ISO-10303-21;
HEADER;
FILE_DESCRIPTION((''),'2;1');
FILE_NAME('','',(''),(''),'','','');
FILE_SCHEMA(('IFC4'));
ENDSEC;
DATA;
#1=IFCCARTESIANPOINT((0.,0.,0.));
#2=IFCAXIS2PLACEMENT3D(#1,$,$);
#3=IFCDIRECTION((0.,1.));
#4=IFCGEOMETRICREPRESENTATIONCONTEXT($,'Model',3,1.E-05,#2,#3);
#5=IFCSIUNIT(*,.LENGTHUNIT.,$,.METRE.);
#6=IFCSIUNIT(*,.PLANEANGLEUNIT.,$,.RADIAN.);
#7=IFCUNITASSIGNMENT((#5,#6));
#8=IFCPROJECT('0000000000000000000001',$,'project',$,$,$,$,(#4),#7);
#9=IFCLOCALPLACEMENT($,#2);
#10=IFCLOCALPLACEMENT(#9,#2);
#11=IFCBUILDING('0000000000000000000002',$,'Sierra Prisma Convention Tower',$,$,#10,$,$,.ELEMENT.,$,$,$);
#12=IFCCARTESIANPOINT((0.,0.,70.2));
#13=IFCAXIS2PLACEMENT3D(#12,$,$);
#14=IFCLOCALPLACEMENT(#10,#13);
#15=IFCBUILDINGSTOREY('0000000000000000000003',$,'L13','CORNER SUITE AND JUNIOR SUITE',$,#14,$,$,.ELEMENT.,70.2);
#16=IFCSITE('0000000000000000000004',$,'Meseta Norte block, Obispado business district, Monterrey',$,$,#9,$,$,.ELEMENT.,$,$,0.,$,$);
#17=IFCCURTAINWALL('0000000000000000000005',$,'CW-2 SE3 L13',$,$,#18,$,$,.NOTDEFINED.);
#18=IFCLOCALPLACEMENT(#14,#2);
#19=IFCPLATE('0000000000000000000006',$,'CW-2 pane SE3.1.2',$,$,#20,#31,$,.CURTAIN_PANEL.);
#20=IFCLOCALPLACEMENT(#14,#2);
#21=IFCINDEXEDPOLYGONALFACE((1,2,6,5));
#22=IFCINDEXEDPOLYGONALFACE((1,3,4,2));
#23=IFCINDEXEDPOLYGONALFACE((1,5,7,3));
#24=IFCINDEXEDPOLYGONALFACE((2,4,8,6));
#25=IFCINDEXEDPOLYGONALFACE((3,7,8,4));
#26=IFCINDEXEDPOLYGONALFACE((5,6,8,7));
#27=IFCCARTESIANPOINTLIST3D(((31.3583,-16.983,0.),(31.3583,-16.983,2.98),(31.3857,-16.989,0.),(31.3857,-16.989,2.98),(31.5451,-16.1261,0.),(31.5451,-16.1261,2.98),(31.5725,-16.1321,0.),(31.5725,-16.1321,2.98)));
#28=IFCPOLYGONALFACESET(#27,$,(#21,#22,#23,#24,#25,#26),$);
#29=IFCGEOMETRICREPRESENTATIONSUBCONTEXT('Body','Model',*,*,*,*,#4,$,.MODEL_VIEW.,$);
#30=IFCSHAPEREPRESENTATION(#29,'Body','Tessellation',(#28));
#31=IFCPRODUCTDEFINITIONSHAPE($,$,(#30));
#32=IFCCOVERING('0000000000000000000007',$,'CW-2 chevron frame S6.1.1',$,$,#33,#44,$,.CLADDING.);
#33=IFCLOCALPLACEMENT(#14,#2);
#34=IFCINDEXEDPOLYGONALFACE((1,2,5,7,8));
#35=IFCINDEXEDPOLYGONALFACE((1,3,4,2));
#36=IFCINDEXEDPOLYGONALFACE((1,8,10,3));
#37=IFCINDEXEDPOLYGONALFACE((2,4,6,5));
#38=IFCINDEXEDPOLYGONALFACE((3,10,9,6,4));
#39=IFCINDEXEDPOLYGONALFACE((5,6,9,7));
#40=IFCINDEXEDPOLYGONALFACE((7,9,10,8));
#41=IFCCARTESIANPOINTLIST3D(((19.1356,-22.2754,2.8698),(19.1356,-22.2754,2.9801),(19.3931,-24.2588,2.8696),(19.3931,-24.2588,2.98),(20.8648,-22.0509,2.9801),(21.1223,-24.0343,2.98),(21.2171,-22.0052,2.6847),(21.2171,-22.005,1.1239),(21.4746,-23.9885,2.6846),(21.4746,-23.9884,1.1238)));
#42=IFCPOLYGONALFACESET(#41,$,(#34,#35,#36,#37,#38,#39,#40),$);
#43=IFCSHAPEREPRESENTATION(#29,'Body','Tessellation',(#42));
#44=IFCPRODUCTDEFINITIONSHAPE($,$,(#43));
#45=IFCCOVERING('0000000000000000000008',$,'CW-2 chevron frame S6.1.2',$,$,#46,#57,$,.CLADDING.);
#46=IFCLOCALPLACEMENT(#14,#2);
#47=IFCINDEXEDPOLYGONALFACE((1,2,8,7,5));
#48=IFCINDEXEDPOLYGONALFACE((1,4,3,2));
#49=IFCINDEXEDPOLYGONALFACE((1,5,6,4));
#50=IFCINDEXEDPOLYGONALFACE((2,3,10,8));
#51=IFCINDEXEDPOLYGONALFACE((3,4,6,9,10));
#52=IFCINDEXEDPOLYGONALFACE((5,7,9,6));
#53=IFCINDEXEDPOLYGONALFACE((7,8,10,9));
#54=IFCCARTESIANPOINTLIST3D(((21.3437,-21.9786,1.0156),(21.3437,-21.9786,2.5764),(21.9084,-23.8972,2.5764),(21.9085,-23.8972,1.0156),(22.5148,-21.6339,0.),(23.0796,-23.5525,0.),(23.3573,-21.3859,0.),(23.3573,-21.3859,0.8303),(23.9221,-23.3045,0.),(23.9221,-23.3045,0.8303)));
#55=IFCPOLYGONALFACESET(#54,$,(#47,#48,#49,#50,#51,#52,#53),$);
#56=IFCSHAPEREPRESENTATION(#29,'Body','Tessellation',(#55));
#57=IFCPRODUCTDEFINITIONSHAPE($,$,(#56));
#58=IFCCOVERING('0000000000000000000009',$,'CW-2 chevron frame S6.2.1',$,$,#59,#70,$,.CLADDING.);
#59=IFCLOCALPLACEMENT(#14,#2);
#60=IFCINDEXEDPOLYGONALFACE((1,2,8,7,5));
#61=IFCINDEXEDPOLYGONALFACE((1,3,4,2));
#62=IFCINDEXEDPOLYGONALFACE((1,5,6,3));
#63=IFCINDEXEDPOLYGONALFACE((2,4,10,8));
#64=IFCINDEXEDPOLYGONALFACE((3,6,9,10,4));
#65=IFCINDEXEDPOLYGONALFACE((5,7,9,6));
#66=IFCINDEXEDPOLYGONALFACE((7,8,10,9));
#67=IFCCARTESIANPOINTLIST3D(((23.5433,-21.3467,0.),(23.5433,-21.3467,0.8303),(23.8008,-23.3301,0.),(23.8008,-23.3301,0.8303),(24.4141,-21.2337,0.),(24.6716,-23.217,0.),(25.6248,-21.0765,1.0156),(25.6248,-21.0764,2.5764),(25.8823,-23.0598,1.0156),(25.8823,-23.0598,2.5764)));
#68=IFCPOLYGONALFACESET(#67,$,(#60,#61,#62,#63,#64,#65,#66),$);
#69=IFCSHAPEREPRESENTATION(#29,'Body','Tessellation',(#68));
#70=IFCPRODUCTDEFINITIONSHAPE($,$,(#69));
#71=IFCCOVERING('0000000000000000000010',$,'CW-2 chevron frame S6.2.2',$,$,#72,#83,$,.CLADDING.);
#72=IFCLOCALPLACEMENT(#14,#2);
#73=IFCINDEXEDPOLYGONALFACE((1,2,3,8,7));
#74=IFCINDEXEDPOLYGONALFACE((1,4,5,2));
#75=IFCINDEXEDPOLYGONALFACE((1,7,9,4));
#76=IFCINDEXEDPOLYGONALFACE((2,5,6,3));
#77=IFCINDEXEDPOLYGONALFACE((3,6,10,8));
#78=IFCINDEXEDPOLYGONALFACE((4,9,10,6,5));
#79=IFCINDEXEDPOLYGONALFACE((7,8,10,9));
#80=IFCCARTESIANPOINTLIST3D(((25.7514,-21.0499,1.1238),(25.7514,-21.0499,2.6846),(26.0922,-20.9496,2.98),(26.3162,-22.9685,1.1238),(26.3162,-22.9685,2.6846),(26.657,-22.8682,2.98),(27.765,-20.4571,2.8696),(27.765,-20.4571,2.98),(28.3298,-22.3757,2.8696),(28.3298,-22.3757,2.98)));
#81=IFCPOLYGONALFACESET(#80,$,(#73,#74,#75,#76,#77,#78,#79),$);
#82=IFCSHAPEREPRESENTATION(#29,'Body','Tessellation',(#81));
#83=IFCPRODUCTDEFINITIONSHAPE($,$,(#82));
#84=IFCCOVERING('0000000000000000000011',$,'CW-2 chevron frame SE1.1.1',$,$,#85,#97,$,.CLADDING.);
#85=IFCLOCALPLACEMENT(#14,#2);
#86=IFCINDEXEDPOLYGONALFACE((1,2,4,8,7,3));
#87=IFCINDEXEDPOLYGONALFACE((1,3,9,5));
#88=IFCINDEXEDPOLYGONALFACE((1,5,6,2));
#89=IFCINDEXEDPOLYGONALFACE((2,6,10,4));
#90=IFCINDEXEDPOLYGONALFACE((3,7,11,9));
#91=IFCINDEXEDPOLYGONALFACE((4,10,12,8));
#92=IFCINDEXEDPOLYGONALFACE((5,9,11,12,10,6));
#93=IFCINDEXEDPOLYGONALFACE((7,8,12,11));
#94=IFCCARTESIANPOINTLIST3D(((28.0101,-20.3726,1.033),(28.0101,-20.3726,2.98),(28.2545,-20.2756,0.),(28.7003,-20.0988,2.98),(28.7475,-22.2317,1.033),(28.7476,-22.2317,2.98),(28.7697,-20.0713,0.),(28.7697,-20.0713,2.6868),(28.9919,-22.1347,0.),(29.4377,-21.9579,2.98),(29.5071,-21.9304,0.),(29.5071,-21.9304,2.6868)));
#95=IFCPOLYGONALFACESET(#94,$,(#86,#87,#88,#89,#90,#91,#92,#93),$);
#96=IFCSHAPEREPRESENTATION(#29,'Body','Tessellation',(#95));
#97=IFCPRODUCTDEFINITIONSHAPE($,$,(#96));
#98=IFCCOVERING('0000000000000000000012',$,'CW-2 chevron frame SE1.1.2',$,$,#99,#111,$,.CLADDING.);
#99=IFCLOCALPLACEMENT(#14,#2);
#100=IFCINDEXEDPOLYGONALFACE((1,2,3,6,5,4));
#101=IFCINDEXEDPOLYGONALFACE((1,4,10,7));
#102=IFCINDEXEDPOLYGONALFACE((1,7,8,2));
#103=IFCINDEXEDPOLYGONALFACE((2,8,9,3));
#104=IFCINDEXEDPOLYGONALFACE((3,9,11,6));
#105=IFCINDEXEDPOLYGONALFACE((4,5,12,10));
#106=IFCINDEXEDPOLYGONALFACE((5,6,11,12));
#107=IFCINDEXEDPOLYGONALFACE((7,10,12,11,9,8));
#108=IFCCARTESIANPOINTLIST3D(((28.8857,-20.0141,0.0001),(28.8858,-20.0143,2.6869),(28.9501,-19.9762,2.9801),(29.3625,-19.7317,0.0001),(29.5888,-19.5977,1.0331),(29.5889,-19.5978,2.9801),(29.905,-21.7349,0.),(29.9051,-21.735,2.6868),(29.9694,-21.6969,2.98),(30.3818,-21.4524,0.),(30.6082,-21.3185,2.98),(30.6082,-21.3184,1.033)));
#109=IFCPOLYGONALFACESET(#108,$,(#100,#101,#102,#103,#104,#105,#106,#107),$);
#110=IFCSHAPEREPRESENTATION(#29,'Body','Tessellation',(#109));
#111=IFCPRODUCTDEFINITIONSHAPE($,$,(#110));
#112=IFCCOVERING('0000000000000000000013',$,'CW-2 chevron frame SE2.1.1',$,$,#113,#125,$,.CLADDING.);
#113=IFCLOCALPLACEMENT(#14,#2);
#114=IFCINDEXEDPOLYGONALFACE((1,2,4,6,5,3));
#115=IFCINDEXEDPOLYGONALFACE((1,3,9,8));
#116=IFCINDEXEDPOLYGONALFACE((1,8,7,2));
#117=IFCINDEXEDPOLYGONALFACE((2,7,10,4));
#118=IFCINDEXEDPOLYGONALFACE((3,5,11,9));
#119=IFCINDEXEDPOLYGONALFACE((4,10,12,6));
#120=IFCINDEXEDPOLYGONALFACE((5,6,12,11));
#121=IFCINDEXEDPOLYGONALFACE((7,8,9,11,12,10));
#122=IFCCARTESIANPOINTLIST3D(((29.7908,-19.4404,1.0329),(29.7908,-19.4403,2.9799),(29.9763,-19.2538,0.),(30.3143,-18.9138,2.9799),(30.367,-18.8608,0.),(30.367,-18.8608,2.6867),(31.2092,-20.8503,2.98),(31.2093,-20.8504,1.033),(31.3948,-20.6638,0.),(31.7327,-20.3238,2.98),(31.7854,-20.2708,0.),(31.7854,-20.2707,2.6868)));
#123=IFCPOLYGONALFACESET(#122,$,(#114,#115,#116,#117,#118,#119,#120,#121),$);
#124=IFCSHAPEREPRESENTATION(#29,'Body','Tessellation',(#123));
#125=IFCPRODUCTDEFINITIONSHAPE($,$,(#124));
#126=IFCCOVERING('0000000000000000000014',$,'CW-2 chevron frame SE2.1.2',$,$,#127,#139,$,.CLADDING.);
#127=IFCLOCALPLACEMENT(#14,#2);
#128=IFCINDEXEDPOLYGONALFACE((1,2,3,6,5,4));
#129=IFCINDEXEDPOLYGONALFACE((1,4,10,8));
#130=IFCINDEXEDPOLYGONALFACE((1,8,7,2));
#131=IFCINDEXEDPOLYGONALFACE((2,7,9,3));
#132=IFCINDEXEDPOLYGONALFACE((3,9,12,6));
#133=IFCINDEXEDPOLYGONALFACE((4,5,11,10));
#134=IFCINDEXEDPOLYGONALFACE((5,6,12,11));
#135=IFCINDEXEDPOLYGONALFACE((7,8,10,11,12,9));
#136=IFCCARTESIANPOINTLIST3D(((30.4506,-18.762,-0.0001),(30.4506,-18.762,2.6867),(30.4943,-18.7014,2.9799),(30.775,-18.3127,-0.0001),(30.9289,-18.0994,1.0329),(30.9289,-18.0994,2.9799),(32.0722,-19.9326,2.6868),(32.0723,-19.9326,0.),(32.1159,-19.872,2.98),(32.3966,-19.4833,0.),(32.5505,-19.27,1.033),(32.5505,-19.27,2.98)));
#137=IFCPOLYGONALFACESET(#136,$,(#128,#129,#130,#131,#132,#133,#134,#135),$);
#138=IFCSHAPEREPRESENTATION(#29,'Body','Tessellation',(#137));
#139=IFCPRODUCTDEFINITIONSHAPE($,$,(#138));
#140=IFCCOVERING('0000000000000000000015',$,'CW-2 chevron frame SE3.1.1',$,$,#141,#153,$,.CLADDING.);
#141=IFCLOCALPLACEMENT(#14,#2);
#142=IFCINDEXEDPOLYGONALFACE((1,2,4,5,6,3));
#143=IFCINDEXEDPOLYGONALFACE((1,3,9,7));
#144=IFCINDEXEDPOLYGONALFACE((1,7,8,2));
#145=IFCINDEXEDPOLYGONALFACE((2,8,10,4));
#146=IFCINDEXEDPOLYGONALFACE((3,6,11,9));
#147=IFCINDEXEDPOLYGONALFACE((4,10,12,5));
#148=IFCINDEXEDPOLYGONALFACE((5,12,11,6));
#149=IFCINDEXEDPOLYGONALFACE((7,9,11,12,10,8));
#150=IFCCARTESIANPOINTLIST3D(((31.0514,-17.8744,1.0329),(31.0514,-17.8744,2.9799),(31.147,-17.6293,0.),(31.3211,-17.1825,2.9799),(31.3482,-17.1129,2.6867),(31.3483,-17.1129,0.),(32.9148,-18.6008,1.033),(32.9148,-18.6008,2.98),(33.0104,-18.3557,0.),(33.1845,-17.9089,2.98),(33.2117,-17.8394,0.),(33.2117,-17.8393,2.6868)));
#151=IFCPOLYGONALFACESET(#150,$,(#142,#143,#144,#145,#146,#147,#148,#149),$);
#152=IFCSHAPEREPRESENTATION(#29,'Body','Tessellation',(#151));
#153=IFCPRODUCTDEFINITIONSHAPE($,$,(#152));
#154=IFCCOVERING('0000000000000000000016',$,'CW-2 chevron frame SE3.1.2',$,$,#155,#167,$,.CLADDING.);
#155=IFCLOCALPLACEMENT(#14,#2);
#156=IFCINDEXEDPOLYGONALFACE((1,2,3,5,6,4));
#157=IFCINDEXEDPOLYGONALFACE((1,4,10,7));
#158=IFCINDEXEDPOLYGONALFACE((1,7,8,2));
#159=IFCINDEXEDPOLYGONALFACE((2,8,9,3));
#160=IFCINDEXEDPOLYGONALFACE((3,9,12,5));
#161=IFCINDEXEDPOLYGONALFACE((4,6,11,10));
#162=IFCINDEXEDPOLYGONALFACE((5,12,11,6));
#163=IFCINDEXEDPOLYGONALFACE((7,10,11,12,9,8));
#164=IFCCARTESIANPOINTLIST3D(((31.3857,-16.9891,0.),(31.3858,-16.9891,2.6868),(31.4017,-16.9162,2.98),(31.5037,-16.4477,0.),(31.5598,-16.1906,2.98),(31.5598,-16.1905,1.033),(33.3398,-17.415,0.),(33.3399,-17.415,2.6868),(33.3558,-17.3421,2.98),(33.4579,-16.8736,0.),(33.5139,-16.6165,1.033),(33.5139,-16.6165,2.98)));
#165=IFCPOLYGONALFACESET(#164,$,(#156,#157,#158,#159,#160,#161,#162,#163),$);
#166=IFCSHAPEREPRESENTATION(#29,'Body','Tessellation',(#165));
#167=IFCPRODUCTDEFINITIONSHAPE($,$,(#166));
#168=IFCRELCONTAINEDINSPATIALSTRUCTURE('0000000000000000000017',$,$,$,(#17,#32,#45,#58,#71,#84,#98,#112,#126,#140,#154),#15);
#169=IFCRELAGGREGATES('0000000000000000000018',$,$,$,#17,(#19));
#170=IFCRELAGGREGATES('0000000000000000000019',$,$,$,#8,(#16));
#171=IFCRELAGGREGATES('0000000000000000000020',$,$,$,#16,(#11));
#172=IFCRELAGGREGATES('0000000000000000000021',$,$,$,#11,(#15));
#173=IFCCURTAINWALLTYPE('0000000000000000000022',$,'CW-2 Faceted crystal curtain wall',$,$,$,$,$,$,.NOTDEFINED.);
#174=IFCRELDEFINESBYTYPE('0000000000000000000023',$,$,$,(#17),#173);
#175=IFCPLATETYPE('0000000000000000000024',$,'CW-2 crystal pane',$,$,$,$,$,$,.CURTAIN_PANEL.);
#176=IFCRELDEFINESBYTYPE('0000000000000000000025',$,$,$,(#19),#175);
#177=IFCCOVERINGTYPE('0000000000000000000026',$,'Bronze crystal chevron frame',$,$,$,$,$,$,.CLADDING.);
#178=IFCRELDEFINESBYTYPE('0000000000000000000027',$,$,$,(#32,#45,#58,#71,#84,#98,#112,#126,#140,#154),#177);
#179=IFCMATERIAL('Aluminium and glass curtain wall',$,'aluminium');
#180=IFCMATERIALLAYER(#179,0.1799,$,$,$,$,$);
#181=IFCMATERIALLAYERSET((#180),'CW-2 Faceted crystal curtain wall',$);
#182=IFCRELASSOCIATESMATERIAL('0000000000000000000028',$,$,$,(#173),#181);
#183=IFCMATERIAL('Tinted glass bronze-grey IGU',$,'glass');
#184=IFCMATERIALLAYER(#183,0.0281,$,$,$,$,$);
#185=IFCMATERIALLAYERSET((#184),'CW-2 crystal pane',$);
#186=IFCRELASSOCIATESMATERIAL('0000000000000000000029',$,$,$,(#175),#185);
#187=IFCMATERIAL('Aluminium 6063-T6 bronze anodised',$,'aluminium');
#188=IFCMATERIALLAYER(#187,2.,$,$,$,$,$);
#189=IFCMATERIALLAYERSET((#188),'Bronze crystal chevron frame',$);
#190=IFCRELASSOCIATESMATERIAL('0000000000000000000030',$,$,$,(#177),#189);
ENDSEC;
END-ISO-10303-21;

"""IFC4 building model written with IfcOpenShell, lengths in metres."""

from ifc_helpers import new_model, si_unit, direction, frame, origin, place, context, subcontext, project, spatial, polyline, outline, extrude, material, layer, layer_set, type_object, element, aggregate, save


model = new_model("IFC4")

# Units and contexts
model_context = context("Model", 3, precision=1e-05, world=origin(), true_north=direction((0.0, 1.0)))
body_context = subcontext(model_context, "Body", "Model", "MODEL_VIEW")
ifc_project = project(units=[si_unit("LENGTHUNIT", "METRE"), si_unit("PLANEANGLEUNIT", "RADIAN")], contexts=[model_context])

# Site, building, storey
site_placement = place(None, origin())
site = spatial("IfcSite", under=ifc_project, at=site_placement, Name="Meseta Norte block, Obispado business district, Monterrey", CompositionType="ELEMENT", RefElevation=0.0)
building_placement = place(site_placement, origin())
building = spatial("IfcBuilding", under=site, at=building_placement, Name="Sierra Prisma Convention Tower", CompositionType="ELEMENT")
storey_placement = place(building_placement, frame((0.0, 0.0, 70.2)))
storey = spatial("IfcBuildingStorey", under=building, at=storey_placement, Name="L13", Description="CORNER SUITE AND JUNIOR SUITE", CompositionType="ELEMENT", Elevation=70.2)

# Shared definitions
ifc_material_1 = material(Name="Aluminium and glass curtain wall", Category="aluminium")
ifc_layer_1 = layer(ifc_material_1, 0.1799)
ifc_layer_set_1 = layer_set([ifc_layer_1], Name="CW-2 Faceted crystal curtain wall")
curtain_wall_type = type_object("IfcCurtainWallType", Name="CW-2 Faceted crystal curtain wall", PredefinedType="NOTDEFINED", material=ifc_layer_set_1)

# Curtain wall
curtain_wall_1_placement = place(storey_placement, origin())
curtain_wall_1 = element("IfcCurtainWall", 1, at=curtain_wall_1_placement, inside=storey, type_object=curtain_wall_type, Name="CW-2 SE3 L13", PredefinedType="NOTDEFINED")

# Plate
ifc_material_2 = material(Name="Tinted glass bronze-grey IGU", Category="glass")
ifc_layer_2 = layer(ifc_material_2, 0.0281)
ifc_layer_set_2 = layer_set([ifc_layer_2], Name="CW-2 crystal pane")
plate_type = type_object("IfcPlateType", Name="CW-2 crystal pane", PredefinedType="CURTAIN_PANEL", material=ifc_layer_set_2)
plate_1_placement = place(storey_placement, frame((31.5725, -16.1321, 0.0), z_axis=(0.977063, -0.21295, 0.0), x_axis=(-0.21295, -0.977063, 0.0)))
plate_1 = element("IfcPlate", 2, at=plate_1_placement, type_object=plate_type, Name="CW-2 pane SE3.1.2", PredefinedType="CURTAIN_PANEL", context=body_context, shape_type="SweptSolid", body=[
    extrude(outline(polyline([(0.0, 0.0), (0.8771, 0.0), (0.8771, -2.98), (0.0, -2.98), (0.0, 0.0)])), origin(), (0.0, 0.0, -1.0), 0.0281),
])
aggregate(curtain_wall_1, [plate_1])

# Coverings
ifc_material_3 = material(Name="Aluminium 6063-T6 bronze anodised", Category="aluminium")
ifc_layer_3 = layer(ifc_material_3, 2.0)
ifc_layer_set_3 = layer_set([ifc_layer_3], Name="Bronze crystal chevron frame")
covering_type = type_object("IfcCoveringType", Name="Bronze crystal chevron frame", PredefinedType="CLADDING", material=ifc_layer_set_3)
covering_1_placement = place(storey_placement, frame((19.3931, -24.2588, 2.98), z_axis=(0.128746, -0.991678, -0.000081), x_axis=(-0.00001, 0.000081, -1.0)))
element("IfcCovering", 3, at=covering_1_placement, inside=storey, type_object=covering_type, Name="CW-2 chevron frame S6.1.1", PredefinedType="CLADDING", context=body_context, shape_type="SweptSolid", body=[
    extrude(outline(polyline([(0.0, 0.0), (0.1104, 0.0), (1.8562, 2.099), (0.2954, 2.099), (0.0, 1.7437), (0.0, 0.0)])), origin(), (0.0, 0.0, -1.0), 2.0),
])
covering_2_placement = place(storey_placement, frame((21.9084, -23.8972, 2.5764), z_axis=(0.282397, -0.959298, 0.000009), x_axis=(0.000003, -0.000009, -1.0)))
element("IfcCovering", 4, at=covering_2_placement, inside=storey, type_object=covering_type, Name="CW-2 chevron frame S6.1.2", PredefinedType="CLADDING", context=body_context, shape_type="SweptSolid", body=[
    extrude(outline(polyline([(0.0, 0.0), (1.5608, 0.0), (2.5764, 1.2208), (2.5764, 2.0991), (1.7461, 2.0991), (0.0, 0.0)])), origin(), (0.0, 0.0, -1.0), 2.0),
])
covering_3_placement = place(storey_placement, frame((23.8008, -23.3301, 0.0), z_axis=(0.128752, -0.991677, 0.000011), x_axis=(0.991677, 0.128752, 0.0)))
element("IfcCovering", 5, at=covering_3_placement, inside=storey, type_object=covering_type, Name="CW-2 chevron frame S6.2.1", PredefinedType="CLADDING", context=body_context, shape_type="SweptSolid", body=[
    extrude(outline(polyline([(0.0, 0.0), (0.8782, 0.0), (2.099, 1.0156), (2.099, 2.5764), (0.0, 0.8303), (0.0, 0.0)])), origin(), (0.0, 0.0, -1.0), 2.0),
])
covering_4_placement = place(storey_placement, frame((28.3298, -22.3757, 2.98), z_axis=(0.282392, -0.959299, 0.000007), x_axis=(-0.959299, -0.282392, 0.0)))
element("IfcCovering", 6, at=covering_4_placement, inside=storey, type_object=covering_type, Name="CW-2 chevron frame S6.2.2", PredefinedType="CLADDING", context=body_context, shape_type="SweptSolid", body=[
    extrude(outline(polyline([(0.0, 0.0), (1.7438, 0.0), (2.0991, 0.2954), (2.0991, 1.8562), (0.0, 0.1104), (0.0, 0.0)])), origin(), (0.0, 0.0, -1.0), 2.0),
])
covering_5_placement = place(storey_placement, frame((28.7476, -22.2317, 2.98), z_axis=(0.368708, -0.929545, -0.000012), x_axis=(-0.000004, 0.000011, -1.0)))
element("IfcCovering", 7, at=covering_5_placement, inside=storey, type_object=covering_type, Name="CW-2 chevron frame SE1.1.1", PredefinedType="CLADDING", context=body_context, shape_type="SweptSolid", body=[
    extrude(outline(polyline([(0.0, 0.0), (1.947, 0.0), (2.98, 0.2629), (2.98, 0.8171), (0.2932, 0.8171), (0.0, 0.7425), (0.0, 0.0)])), origin(), (0.0, 0.0, -1.0), 2.0),
])
covering_6_placement = place(storey_placement, frame((29.905, -21.7349, 0.0), z_axis=(0.509676, -0.860367, -0.000056), x_axis=(0.860367, 0.509676, 0.0)))
element("IfcCovering", 8, at=covering_6_placement, inside=storey, type_object=covering_type, Name="CW-2 chevron frame SE1.1.2", PredefinedType="CLADDING", context=body_context, shape_type="SweptSolid", body=[
    extrude(outline(polyline([(0.0, 0.0), (0.5542, 0.0), (0.8172, 1.033), (0.8172, 2.98), (0.0747, 2.98), (0.0, 2.6868), (0.0, 0.0)])), origin(), (0.0, 0.0, -1.0), 2.0),
])
covering_7_placement = place(storey_placement, frame((31.2092, -20.8503, 2.98), z_axis=(0.709211, -0.704996, 0.000024), x_axis=(0.000017, -0.000017, -1.0)))
element("IfcCovering", 9, at=covering_7_placement, inside=storey, type_object=covering_type, Name="CW-2 chevron frame SE2.1.1", PredefinedType="CLADDING", context=body_context, shape_type="SweptSolid", body=[
    extrude(outline(polyline([(0.0, 0.0), (1.947, 0.0), (2.98, 0.2631), (2.98, 0.8173), (0.2932, 0.8173), (0.0, 0.7425), (0.0, 0.0)])), origin(), (0.0, 0.0, -1.0), 2.0),
])
covering_8_placement = place(storey_placement, frame((32.0723, -19.9326, 0.0), z_axis=(0.810814, -0.585304, 0.000031), x_axis=(0.585304, 0.810814, 0.0)))
element("IfcCovering", 10, at=covering_8_placement, inside=storey, type_object=covering_type, Name="CW-2 chevron frame SE2.1.2", PredefinedType="CLADDING", context=body_context, shape_type="SweptSolid", body=[
    extrude(outline(polyline([(0.0, 0.0), (0.5541, 0.0), (0.8172, 1.033), (0.8172, 2.98), (0.0747, 2.98), (0.0, 2.6868), (0.0, 0.0)])), origin(), (0.0, 0.0, -1.0), 2.0),
])
covering_9_placement = place(storey_placement, frame((32.9148, -18.6008, 2.98), z_axis=(0.931706, -0.363213, 0.000019), x_axis=(0.000017, -0.000007, -1.0)))
element("IfcCovering", 11, at=covering_9_placement, inside=storey, type_object=covering_type, Name="CW-2 chevron frame SE3.1.1", PredefinedType="CLADDING", context=body_context, shape_type="SweptSolid", body=[
    extrude(outline(polyline([(0.0, 0.0), (1.947, 0.0), (2.98, 0.2631), (2.98, 0.8173), (0.2932, 0.8173), (0.0, 0.7426), (0.0, 0.0)])), origin(), (0.0, 0.0, -1.0), 2.0),
])
covering_10_placement = place(storey_placement, frame((33.3398, -17.415, 0.0), z_axis=(0.977062, -0.212953, -0.000013), x_axis=(0.212953, 0.977062, 0.0)))
element("IfcCovering", 12, at=covering_10_placement, inside=storey, type_object=covering_type, Name="CW-2 chevron frame SE3.1.2", PredefinedType="CLADDING", context=body_context, shape_type="SweptSolid", body=[
    extrude(outline(polyline([(0.0, 0.0), (0.5542, 0.0), (0.8173, 1.033), (0.8173, 2.98), (0.0747, 2.98), (0.0, 2.6868), (0.0, 0.0)])), origin(), (0.0, 0.0, -1.0), 2.0),
])

save(model, "model.ifc")
